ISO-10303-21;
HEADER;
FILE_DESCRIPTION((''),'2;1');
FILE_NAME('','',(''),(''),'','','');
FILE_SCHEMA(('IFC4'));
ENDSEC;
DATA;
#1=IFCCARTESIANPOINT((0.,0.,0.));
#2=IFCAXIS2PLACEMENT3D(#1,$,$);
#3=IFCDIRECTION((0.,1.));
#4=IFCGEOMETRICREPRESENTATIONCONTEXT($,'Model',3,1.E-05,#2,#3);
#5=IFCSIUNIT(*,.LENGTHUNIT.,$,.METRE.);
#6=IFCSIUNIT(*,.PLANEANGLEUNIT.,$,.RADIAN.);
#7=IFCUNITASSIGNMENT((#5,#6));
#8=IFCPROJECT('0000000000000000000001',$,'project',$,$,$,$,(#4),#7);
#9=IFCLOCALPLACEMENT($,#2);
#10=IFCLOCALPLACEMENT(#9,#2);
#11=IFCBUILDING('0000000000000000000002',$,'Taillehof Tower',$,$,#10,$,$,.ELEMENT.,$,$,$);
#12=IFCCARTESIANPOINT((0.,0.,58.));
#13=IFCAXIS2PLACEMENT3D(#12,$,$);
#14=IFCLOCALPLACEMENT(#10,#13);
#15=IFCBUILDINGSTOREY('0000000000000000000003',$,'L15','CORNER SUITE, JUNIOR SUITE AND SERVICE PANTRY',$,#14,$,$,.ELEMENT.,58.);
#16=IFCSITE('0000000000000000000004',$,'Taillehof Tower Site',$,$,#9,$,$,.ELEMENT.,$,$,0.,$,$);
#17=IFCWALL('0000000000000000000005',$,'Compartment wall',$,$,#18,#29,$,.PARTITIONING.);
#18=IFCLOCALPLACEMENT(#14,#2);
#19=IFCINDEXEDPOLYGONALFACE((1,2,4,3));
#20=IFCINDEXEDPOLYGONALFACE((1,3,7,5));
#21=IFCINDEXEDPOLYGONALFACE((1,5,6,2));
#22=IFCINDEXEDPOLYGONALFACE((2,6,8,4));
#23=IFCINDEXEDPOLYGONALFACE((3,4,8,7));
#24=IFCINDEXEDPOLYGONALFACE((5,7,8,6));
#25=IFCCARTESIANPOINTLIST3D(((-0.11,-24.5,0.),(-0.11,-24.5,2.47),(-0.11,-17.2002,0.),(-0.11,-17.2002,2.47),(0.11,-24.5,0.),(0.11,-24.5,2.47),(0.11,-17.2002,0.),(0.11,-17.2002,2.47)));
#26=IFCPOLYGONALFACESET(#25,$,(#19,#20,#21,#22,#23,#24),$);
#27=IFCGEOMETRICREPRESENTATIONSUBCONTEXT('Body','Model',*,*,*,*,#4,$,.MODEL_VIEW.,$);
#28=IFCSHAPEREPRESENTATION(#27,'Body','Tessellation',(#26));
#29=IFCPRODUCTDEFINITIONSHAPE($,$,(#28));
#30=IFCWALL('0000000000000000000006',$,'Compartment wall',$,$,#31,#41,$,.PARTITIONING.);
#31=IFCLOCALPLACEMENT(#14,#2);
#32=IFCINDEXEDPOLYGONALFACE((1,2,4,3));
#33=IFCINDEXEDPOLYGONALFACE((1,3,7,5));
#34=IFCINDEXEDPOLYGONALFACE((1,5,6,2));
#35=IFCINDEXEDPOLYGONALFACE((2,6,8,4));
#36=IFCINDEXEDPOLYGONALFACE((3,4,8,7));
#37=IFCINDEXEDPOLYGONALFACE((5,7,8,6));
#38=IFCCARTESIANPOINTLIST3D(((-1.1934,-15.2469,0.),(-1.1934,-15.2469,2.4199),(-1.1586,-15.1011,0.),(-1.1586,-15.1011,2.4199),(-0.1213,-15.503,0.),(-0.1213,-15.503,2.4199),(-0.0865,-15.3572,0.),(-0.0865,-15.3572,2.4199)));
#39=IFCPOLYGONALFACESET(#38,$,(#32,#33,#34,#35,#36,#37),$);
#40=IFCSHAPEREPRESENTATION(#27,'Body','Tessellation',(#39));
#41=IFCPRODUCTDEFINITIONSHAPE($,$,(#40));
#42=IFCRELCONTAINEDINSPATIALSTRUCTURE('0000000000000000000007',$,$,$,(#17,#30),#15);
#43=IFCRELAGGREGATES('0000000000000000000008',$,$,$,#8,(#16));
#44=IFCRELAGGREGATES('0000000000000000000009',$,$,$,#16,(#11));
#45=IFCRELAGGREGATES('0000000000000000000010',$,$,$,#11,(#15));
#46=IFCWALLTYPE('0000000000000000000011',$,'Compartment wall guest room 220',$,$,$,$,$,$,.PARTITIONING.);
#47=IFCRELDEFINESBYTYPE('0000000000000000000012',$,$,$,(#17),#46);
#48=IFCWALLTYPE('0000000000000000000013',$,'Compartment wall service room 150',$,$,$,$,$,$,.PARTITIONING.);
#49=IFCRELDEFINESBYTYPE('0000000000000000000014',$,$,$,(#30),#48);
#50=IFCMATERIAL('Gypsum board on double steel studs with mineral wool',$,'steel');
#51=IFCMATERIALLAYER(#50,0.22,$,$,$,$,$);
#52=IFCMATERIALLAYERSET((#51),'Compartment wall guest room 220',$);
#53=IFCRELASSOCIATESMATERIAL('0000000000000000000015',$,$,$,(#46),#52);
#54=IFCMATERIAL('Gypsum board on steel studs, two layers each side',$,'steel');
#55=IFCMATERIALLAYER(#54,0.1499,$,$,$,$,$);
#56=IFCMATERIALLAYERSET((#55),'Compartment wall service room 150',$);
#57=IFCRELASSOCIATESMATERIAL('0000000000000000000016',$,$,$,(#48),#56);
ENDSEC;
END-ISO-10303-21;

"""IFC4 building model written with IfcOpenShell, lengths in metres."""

from ifc_helpers import new_model, si_unit, direction, frame, frame_2d, origin, place, context, subcontext, project, spatial, rectangle, extrude, material, layer, layer_set, type_object, element, save


model = new_model("IFC4")

# Units and contexts
model_context = context("Model", 3, precision=1e-05, world=origin(), true_north=direction((0.0, 1.0)))
body_context = subcontext(model_context, "Body", "Model", "MODEL_VIEW")
ifc_project = project(units=[si_unit("LENGTHUNIT", "METRE"), si_unit("PLANEANGLEUNIT", "RADIAN")], contexts=[model_context])

# Site, building, storey
site_placement = place(None, origin())
site = spatial("IfcSite", under=ifc_project, at=site_placement, Name="Taillehof Tower Site", CompositionType="ELEMENT", RefElevation=0.0)
building_placement = place(site_placement, origin())
building = spatial("IfcBuilding", under=site, at=building_placement, Name="Taillehof Tower", CompositionType="ELEMENT")
storey_placement = place(building_placement, frame((0.0, 0.0, 58.0)))
storey = spatial("IfcBuildingStorey", under=building, at=storey_placement, Name="L15", Description="CORNER SUITE, JUNIOR SUITE AND SERVICE PANTRY", CompositionType="ELEMENT", Elevation=58.0)

# Walls
ifc_material_1 = material(Name="Gypsum board on double steel studs with mineral wool", Category="steel")
ifc_layer_1 = layer(ifc_material_1, 0.22)
ifc_layer_set_1 = layer_set([ifc_layer_1], Name="Compartment wall guest room 220")
wall_type_1 = type_object("IfcWallType", Name="Compartment wall guest room 220", PredefinedType="PARTITIONING", material=ifc_layer_set_1)
wall_1_placement = place(storey_placement, frame((0.0, -24.5, 0.0), z_axis=(0.0, 0.0, 1.0), x_axis=(0.0, 1.0, 0.0)))
element("IfcWall", 1, at=wall_1_placement, inside=storey, type_object=wall_type_1, Name="Compartment wall", PredefinedType="PARTITIONING", context=body_context, shape_type="SweptSolid", body=[
    extrude(rectangle(XDim=7.2998, YDim=0.22, at=frame_2d((3.6499, 0.0))), origin(), (0.0, 0.0, 1.0), 2.47),
])
ifc_material_2 = material(Name="Gypsum board on steel studs, two layers each side", Category="steel")
ifc_layer_2 = layer(ifc_material_2, 0.1499)
ifc_layer_set_2 = layer_set([ifc_layer_2], Name="Compartment wall service room 150")
wall_type_2 = type_object("IfcWallType", Name="Compartment wall service room 150", PredefinedType="PARTITIONING", material=ifc_layer_set_2)
wall_2_placement = place(storey_placement, frame((-0.1038, -15.4302, 0.0), z_axis=(0.0, 0.0, 1.0), x_axis=(-0.97263, 0.232359, 0.0)))
element("IfcWall", 2, at=wall_2_placement, inside=storey, type_object=wall_type_2, Name="Compartment wall", PredefinedType="PARTITIONING", context=body_context, shape_type="SweptSolid", body=[
    extrude(rectangle(XDim=1.1023, YDim=0.1499, at=frame_2d((0.5513, 0.0))), origin(), (0.0, 0.0, 1.0), 2.4199),
])

save(model, "model.ifc")
